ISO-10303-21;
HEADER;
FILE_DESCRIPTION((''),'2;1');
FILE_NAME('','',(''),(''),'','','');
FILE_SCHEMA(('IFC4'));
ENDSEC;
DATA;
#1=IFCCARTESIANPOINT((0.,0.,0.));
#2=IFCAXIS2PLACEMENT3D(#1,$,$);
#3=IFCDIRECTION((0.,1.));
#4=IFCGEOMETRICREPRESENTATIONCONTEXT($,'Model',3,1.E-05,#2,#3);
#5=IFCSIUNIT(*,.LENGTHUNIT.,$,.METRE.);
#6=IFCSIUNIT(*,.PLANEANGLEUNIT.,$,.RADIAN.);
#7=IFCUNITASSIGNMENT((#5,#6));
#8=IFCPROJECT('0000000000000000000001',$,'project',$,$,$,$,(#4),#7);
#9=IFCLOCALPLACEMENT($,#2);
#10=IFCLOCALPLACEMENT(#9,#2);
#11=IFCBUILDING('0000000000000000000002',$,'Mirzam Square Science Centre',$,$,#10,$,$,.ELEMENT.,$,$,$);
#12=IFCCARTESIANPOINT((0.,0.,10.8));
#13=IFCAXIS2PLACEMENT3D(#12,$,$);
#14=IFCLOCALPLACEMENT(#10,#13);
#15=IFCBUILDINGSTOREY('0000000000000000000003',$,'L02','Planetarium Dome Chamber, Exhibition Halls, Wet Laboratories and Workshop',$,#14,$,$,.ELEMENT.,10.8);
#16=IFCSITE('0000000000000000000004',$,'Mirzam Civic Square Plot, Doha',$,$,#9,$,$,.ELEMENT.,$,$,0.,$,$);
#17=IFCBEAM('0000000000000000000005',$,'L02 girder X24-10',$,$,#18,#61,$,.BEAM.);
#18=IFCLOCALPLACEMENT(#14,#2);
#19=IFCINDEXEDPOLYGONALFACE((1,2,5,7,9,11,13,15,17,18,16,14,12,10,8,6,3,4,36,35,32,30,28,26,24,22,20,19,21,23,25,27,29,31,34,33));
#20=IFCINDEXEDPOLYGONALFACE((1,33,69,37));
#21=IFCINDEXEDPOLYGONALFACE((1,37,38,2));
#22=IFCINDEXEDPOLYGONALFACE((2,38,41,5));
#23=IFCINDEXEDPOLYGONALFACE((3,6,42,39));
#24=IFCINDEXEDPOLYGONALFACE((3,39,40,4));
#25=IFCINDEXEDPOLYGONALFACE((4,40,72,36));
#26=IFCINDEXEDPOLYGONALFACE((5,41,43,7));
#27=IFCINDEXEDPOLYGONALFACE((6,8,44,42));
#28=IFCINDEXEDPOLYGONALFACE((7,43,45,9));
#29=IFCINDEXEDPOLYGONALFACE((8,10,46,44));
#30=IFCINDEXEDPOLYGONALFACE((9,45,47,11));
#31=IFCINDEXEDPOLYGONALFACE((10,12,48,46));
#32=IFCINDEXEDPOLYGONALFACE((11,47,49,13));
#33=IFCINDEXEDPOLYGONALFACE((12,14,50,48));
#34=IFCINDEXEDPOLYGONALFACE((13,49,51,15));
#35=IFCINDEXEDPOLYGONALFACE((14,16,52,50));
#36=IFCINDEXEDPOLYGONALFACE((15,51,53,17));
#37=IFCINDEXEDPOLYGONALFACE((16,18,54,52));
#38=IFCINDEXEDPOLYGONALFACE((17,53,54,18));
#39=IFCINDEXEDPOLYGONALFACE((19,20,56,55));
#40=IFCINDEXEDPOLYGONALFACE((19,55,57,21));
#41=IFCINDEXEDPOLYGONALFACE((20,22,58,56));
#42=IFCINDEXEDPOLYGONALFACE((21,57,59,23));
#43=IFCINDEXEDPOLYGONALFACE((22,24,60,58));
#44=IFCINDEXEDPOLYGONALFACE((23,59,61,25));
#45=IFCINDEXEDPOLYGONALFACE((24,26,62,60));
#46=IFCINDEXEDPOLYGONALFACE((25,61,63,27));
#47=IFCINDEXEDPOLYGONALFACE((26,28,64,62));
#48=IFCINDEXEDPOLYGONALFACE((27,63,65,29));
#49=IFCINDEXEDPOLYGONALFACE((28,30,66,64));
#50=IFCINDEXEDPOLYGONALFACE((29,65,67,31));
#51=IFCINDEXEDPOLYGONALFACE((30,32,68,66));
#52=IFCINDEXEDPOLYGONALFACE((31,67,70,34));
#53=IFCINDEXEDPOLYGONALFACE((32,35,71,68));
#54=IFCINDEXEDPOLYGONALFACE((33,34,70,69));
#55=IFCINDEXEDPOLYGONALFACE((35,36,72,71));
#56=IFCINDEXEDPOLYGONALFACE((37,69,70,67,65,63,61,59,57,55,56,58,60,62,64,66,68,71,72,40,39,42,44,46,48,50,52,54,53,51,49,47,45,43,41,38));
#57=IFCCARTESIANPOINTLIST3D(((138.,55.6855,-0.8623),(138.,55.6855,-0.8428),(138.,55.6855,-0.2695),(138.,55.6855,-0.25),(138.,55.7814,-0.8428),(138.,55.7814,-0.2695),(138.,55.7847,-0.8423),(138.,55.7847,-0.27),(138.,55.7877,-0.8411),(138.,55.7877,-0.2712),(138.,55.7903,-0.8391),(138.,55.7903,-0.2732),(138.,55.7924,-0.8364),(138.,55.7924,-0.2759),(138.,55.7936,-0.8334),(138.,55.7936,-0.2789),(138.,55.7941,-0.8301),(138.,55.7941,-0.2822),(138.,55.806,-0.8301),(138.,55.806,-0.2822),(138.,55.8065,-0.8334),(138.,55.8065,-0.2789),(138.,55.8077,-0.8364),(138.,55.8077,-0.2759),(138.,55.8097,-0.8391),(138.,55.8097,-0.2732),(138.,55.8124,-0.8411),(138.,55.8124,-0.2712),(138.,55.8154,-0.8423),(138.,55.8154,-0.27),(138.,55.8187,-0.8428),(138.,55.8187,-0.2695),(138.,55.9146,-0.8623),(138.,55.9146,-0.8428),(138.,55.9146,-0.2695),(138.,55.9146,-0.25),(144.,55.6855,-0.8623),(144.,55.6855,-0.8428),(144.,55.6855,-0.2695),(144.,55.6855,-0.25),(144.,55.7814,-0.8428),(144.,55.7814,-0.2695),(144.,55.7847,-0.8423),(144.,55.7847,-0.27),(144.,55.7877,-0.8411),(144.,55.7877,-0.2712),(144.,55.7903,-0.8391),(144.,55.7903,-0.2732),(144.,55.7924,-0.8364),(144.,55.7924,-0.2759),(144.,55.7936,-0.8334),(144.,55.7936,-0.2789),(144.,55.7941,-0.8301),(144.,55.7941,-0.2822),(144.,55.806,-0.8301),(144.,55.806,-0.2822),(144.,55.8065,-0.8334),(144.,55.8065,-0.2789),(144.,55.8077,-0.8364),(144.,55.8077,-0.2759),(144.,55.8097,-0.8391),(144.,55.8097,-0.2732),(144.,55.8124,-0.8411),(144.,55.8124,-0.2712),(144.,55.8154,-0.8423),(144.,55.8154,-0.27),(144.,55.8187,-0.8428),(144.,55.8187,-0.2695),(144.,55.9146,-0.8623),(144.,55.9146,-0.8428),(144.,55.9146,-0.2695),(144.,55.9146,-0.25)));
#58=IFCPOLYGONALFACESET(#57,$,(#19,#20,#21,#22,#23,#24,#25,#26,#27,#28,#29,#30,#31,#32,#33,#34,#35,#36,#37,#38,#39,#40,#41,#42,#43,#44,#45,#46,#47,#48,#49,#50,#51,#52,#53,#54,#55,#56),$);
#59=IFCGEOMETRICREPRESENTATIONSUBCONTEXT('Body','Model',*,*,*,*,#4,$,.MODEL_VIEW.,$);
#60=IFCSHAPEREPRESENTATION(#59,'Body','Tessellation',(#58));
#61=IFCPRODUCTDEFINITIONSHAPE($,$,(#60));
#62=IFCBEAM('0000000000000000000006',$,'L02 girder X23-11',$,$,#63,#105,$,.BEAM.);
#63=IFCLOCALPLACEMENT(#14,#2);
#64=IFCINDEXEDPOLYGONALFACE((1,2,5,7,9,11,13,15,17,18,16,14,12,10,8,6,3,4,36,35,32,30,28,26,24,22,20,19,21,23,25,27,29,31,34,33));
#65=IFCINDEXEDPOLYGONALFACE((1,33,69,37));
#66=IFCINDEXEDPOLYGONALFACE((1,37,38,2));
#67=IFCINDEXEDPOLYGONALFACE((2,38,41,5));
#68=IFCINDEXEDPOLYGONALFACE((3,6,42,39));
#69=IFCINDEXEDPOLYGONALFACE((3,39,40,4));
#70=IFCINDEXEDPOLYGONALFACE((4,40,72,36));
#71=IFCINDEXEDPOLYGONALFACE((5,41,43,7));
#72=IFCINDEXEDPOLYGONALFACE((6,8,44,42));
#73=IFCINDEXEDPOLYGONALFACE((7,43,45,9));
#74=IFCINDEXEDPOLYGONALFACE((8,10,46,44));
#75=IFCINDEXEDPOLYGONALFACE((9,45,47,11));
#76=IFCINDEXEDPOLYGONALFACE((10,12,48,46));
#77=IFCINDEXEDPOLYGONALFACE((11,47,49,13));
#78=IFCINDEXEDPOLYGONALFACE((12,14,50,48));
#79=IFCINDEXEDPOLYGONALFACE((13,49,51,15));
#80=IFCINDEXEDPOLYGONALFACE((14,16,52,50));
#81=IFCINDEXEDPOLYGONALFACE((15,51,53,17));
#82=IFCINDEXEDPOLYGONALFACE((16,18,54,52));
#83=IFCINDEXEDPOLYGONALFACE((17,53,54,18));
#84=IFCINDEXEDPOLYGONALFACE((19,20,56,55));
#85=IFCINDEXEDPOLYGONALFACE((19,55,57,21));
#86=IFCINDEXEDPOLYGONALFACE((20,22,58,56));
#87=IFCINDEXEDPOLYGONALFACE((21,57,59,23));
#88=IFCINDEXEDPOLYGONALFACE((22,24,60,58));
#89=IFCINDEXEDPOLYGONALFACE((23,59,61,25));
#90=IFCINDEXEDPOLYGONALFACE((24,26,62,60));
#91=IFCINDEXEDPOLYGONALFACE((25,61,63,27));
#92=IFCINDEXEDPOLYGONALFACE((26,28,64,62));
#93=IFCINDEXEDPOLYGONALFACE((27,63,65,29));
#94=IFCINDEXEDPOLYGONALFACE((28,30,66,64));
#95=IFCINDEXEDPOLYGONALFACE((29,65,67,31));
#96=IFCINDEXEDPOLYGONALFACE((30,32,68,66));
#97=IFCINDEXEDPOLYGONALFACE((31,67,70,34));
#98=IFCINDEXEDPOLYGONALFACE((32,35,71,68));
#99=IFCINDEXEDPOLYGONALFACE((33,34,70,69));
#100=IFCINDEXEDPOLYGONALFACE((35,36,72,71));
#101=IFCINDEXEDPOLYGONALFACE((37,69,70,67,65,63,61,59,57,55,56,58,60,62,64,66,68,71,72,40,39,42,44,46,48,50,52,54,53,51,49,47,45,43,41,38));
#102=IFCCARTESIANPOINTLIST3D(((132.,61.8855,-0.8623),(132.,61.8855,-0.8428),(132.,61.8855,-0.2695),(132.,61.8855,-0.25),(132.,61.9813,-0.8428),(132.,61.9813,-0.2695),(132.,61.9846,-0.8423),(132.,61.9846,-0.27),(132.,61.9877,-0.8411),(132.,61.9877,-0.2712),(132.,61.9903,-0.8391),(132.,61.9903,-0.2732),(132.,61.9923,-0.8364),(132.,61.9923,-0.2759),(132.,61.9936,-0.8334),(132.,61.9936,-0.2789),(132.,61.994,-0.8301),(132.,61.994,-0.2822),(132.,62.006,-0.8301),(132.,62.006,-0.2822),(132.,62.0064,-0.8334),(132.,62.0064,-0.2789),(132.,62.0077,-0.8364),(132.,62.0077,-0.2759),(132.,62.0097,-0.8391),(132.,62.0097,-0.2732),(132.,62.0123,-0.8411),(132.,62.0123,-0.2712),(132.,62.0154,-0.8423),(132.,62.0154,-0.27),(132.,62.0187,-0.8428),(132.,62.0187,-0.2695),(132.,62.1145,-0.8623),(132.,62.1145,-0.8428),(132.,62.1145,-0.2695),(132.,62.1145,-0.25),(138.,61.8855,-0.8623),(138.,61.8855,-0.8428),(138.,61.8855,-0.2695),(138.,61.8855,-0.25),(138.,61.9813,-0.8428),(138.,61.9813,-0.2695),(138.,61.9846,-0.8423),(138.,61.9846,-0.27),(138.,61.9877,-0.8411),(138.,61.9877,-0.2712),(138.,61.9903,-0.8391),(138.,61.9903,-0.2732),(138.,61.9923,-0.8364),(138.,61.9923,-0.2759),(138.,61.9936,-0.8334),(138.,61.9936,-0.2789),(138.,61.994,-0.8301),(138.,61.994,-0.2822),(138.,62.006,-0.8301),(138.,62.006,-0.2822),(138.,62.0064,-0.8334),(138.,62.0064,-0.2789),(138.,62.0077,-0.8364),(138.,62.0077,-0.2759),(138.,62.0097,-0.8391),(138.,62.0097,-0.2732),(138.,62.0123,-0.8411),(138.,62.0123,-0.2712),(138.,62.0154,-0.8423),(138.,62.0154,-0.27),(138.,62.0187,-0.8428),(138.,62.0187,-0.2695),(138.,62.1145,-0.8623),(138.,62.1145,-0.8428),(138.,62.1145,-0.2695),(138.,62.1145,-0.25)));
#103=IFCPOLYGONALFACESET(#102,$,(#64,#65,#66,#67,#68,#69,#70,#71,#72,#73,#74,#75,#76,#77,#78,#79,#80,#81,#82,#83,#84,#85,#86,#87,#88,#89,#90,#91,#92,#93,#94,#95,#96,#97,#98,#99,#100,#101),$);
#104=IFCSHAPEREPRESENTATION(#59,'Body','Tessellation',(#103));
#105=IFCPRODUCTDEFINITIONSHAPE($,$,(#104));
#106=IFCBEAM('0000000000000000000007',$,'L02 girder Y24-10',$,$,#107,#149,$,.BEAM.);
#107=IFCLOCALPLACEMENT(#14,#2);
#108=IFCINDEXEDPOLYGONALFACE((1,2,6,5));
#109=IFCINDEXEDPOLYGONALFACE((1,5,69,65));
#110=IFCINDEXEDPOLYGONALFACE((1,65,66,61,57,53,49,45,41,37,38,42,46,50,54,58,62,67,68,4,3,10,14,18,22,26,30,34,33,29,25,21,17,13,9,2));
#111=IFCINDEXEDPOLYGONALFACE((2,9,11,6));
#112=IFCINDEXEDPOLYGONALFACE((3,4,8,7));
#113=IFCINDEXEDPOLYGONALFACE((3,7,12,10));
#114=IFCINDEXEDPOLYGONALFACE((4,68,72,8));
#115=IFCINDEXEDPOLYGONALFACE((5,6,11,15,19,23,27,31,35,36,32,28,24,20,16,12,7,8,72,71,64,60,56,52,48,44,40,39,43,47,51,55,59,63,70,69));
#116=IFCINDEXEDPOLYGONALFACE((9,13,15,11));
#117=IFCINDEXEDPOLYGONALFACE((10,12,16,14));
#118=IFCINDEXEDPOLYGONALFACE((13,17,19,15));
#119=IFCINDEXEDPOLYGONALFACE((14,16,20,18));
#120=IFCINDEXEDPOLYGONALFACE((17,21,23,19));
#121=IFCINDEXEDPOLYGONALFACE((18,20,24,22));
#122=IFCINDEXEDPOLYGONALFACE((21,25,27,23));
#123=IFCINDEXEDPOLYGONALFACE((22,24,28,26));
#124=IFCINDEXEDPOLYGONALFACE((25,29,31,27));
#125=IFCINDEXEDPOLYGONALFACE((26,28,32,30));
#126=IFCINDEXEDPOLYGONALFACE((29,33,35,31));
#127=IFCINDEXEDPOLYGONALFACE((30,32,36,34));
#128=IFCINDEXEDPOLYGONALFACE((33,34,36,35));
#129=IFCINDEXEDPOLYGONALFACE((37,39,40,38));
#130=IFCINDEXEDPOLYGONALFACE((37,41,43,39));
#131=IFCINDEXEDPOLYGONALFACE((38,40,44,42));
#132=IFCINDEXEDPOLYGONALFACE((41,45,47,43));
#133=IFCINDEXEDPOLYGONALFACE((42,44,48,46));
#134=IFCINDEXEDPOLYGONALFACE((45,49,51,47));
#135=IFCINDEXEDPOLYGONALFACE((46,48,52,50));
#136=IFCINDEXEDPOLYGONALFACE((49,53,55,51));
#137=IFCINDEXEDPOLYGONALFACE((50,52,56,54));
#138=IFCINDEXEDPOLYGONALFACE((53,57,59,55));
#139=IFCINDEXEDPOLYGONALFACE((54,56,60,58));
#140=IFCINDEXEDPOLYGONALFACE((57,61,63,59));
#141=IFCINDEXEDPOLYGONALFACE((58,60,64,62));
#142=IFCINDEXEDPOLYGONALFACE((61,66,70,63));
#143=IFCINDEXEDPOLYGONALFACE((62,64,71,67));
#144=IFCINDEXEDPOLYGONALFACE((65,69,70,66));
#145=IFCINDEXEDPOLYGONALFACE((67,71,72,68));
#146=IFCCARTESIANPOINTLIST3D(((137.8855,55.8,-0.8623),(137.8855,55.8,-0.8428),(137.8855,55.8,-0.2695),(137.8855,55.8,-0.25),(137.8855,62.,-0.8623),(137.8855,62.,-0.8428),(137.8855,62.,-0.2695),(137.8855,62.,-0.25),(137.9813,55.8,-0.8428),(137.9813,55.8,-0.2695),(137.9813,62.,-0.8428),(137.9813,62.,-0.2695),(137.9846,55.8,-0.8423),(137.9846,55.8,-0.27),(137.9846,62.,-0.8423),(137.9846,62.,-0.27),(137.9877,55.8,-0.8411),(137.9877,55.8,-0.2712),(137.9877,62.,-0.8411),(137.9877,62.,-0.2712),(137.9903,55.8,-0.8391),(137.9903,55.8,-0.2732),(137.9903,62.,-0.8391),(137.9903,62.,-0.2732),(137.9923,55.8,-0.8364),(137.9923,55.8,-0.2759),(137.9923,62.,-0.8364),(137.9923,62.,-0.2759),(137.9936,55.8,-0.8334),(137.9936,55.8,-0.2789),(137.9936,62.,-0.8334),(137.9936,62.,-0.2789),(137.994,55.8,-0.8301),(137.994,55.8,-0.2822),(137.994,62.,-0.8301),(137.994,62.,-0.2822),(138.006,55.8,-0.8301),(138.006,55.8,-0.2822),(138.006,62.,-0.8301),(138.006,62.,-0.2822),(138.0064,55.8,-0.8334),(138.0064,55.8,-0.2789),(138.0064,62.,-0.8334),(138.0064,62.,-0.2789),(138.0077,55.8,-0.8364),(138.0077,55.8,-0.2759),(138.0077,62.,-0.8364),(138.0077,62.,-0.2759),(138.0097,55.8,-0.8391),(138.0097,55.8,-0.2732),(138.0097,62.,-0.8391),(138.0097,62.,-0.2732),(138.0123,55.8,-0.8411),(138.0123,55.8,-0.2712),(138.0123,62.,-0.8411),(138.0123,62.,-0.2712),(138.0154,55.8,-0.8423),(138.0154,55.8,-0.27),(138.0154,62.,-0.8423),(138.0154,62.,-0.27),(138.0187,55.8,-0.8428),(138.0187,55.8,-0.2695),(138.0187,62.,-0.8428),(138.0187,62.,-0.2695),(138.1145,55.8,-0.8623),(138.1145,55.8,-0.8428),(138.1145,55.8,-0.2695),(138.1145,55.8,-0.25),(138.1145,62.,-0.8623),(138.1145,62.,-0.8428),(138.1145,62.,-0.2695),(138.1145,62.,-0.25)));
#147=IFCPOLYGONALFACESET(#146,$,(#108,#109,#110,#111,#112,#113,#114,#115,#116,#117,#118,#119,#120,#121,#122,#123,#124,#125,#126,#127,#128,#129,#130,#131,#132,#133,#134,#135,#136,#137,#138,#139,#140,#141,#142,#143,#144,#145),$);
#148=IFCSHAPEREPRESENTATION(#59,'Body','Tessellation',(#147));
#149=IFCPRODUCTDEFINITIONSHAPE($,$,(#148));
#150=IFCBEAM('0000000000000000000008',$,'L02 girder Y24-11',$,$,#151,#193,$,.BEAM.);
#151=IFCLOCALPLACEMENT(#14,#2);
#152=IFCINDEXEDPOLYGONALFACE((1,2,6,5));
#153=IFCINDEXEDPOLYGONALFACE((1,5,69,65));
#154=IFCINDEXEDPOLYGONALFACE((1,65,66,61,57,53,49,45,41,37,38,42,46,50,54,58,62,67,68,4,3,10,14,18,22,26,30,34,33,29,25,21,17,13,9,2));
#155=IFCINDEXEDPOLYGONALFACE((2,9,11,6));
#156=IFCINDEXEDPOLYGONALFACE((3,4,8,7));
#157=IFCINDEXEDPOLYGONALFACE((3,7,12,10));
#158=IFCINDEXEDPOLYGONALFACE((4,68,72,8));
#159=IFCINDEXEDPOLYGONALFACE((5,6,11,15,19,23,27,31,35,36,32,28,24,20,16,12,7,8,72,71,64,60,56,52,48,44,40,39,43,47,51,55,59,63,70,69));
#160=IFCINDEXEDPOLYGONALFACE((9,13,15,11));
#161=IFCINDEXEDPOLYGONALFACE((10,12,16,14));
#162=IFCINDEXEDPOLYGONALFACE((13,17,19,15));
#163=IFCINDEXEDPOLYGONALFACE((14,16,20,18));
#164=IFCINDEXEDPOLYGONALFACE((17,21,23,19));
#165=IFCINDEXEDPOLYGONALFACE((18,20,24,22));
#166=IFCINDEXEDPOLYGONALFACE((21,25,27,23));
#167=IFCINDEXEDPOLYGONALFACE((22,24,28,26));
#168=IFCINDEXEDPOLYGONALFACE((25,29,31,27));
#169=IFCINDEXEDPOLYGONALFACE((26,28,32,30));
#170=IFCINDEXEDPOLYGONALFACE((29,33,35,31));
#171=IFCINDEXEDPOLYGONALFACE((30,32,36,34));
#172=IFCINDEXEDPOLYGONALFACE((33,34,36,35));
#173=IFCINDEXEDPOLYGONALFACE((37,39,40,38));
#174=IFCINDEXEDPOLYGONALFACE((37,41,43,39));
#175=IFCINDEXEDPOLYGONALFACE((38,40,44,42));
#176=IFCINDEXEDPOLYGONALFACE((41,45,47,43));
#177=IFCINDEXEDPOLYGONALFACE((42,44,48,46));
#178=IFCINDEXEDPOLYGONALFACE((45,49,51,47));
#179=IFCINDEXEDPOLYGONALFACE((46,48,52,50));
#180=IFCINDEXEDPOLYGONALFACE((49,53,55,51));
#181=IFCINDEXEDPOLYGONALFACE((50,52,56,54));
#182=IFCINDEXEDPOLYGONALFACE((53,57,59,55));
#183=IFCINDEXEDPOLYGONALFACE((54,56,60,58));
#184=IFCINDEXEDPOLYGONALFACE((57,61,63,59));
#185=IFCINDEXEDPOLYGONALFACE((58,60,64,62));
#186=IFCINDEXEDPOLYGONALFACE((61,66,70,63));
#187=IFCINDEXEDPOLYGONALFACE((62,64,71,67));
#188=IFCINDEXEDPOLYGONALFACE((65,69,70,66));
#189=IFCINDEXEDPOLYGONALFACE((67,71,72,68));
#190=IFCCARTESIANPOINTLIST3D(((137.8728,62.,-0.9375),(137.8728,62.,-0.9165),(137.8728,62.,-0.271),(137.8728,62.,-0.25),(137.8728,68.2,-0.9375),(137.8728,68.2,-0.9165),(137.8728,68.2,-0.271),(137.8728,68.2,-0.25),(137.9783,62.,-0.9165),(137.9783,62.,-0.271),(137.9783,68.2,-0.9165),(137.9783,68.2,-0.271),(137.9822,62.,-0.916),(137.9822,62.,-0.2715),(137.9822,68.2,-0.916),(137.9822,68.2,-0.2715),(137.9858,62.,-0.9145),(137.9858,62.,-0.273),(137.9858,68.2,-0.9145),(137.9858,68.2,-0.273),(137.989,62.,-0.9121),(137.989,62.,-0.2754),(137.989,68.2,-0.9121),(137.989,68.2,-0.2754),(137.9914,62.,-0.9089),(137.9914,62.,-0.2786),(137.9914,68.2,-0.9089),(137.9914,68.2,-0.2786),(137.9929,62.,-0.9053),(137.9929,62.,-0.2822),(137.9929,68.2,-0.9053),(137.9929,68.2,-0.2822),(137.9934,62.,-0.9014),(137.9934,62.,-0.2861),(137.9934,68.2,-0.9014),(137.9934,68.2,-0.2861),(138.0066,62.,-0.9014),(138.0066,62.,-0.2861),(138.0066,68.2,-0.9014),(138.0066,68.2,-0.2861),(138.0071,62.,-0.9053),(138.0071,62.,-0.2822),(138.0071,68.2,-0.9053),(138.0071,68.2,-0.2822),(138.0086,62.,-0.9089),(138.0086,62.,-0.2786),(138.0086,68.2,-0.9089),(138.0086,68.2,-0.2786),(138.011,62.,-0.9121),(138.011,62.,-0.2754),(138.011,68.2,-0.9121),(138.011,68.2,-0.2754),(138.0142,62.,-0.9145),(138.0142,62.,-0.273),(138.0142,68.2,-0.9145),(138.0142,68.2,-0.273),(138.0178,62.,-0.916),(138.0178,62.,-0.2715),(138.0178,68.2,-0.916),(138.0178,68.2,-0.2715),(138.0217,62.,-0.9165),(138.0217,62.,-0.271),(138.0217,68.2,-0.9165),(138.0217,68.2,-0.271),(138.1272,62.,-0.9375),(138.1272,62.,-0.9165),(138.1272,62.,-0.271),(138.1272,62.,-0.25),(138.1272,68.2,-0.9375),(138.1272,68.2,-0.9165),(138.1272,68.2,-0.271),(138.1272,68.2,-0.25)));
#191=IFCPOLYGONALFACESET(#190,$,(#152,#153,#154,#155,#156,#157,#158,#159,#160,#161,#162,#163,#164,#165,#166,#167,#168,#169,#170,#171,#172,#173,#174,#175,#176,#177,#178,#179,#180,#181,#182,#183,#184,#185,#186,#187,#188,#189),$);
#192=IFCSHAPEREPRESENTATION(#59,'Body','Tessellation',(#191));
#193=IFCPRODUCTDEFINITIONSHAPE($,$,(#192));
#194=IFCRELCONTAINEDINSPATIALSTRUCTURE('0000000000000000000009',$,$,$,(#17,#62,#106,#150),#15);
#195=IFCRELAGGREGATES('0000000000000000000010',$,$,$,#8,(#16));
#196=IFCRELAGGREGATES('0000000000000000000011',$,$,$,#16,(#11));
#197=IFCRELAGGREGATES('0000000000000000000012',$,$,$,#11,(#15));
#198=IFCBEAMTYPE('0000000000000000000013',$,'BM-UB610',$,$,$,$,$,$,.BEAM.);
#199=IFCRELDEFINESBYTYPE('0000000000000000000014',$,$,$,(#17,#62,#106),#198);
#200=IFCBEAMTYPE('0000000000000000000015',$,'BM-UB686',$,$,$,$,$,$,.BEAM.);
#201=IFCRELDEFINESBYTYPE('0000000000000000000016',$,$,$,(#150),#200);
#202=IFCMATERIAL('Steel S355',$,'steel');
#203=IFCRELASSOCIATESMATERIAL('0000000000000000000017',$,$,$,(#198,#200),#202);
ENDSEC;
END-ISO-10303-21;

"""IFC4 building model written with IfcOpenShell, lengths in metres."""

from ifc_helpers import new_model, si_unit, direction, frame, origin, origin_2d, place, context, subcontext, project, spatial, i_section, extrude, material, material_profile, profile_set, type_object, element, save


model = new_model("IFC4")

# Units and contexts
model_context = context("Model", 3, precision=1e-05, world=origin(), true_north=direction((0.0, 1.0)))
body_context = subcontext(model_context, "Body", "Model", "MODEL_VIEW")
ifc_project = project(units=[si_unit("LENGTHUNIT", "METRE"), si_unit("PLANEANGLEUNIT", "RADIAN")], contexts=[model_context])

# Site, building, storey
site_placement = place(None, origin())
site = spatial("IfcSite", under=ifc_project, at=site_placement, Name="Mirzam Civic Square Plot, Doha", CompositionType="ELEMENT", RefElevation=0.0)
building_placement = place(site_placement, origin())
building = spatial("IfcBuilding", under=site, at=building_placement, Name="Mirzam Square Science Centre", CompositionType="ELEMENT")
storey_placement = place(building_placement, frame((0.0, 0.0, 10.8)))
storey = spatial("IfcBuildingStorey", under=building, at=storey_placement, Name="L02", Description="Planetarium Dome Chamber, Exhibition Halls, Wet Laboratories and Workshop", CompositionType="ELEMENT", Elevation=10.8)

# Shared definitions
ifc_material_1 = material(Name="Steel S355", Category="steel")

# Beams
ifc_material_profile_1 = material_profile(ifc_material_1, i_section(OverallWidth=0.229, OverallDepth=0.6123, WebThickness=0.012, FlangeThickness=0.0195, FilletRadius=0.0127, at=origin_2d()), Name="610x229x125UB")
ifc_profile_set_1 = profile_set([ifc_material_profile_1], Name="Steel S355")
beam_type_1 = type_object("IfcBeamType", Name="BM-UB610", PredefinedType="BEAM", material=ifc_profile_set_1)
for number, where, z_axis, x_axis, name in (
    (1, (138.0, 55.8, -0.5562), (1.0, 0.0, 0.0), (0.0, 1.0, 0.0), "L02 girder X24-10"),
    (2, (132.0, 62.0, -0.5562), (1.0, 0.0, 0.0), (0.0, 1.0, 0.0), "L02 girder X23-11"),
):
    element("IfcBeam", number, at=place(storey_placement, frame(where, z_axis=z_axis, x_axis=x_axis)), inside=storey, type_object=beam_type_1, Name=name, PredefinedType="BEAM", context=body_context, shape_type="SweptSolid", body=[
        extrude(i_section(OverallWidth=0.229, OverallDepth=0.6123, WebThickness=0.012, FlangeThickness=0.0195, FilletRadius=0.0127, at=origin_2d()), origin(), (0.0, 0.0, 1.0), 6.0),
    ])
beam_1_placement = place(storey_placement, frame((138.0, 55.8, -0.5562), z_axis=(0.0, 1.0, 0.0), x_axis=(-1.0, 0.0, 0.0)))
element("IfcBeam", 3, at=beam_1_placement, inside=storey, type_object=beam_type_1, Name="L02 girder Y24-10", PredefinedType="BEAM", context=body_context, shape_type="SweptSolid", body=[
    extrude(i_section(OverallWidth=0.229, OverallDepth=0.6123, WebThickness=0.012, FlangeThickness=0.0195, FilletRadius=0.0127, at=origin_2d()), origin(), (0.0, 0.0, 1.0), 6.2),
])
ifc_material_profile_2 = material_profile(ifc_material_1, i_section(OverallWidth=0.2544, OverallDepth=0.6875, WebThickness=0.0132, FlangeThickness=0.021, FilletRadius=0.0151, at=origin_2d()), Name="686x254x152UB")
ifc_profile_set_2 = profile_set([ifc_material_profile_2], Name="Steel S355")
beam_type_2 = type_object("IfcBeamType", Name="BM-UB686", PredefinedType="BEAM", material=ifc_profile_set_2)
beam_2_placement = place(storey_placement, frame((138.0, 62.0, -0.5938), z_axis=(0.0, 1.0, 0.0), x_axis=(-1.0, 0.0, 0.0)))
element("IfcBeam", 4, at=beam_2_placement, inside=storey, type_object=beam_type_2, Name="L02 girder Y24-11", PredefinedType="BEAM", context=body_context, shape_type="SweptSolid", body=[
    extrude(i_section(OverallWidth=0.2544, OverallDepth=0.6875, WebThickness=0.0132, FlangeThickness=0.021, FilletRadius=0.0151, at=origin_2d()), origin(), (0.0, 0.0, 1.0), 6.2),
])

save(model, "model.ifc")
